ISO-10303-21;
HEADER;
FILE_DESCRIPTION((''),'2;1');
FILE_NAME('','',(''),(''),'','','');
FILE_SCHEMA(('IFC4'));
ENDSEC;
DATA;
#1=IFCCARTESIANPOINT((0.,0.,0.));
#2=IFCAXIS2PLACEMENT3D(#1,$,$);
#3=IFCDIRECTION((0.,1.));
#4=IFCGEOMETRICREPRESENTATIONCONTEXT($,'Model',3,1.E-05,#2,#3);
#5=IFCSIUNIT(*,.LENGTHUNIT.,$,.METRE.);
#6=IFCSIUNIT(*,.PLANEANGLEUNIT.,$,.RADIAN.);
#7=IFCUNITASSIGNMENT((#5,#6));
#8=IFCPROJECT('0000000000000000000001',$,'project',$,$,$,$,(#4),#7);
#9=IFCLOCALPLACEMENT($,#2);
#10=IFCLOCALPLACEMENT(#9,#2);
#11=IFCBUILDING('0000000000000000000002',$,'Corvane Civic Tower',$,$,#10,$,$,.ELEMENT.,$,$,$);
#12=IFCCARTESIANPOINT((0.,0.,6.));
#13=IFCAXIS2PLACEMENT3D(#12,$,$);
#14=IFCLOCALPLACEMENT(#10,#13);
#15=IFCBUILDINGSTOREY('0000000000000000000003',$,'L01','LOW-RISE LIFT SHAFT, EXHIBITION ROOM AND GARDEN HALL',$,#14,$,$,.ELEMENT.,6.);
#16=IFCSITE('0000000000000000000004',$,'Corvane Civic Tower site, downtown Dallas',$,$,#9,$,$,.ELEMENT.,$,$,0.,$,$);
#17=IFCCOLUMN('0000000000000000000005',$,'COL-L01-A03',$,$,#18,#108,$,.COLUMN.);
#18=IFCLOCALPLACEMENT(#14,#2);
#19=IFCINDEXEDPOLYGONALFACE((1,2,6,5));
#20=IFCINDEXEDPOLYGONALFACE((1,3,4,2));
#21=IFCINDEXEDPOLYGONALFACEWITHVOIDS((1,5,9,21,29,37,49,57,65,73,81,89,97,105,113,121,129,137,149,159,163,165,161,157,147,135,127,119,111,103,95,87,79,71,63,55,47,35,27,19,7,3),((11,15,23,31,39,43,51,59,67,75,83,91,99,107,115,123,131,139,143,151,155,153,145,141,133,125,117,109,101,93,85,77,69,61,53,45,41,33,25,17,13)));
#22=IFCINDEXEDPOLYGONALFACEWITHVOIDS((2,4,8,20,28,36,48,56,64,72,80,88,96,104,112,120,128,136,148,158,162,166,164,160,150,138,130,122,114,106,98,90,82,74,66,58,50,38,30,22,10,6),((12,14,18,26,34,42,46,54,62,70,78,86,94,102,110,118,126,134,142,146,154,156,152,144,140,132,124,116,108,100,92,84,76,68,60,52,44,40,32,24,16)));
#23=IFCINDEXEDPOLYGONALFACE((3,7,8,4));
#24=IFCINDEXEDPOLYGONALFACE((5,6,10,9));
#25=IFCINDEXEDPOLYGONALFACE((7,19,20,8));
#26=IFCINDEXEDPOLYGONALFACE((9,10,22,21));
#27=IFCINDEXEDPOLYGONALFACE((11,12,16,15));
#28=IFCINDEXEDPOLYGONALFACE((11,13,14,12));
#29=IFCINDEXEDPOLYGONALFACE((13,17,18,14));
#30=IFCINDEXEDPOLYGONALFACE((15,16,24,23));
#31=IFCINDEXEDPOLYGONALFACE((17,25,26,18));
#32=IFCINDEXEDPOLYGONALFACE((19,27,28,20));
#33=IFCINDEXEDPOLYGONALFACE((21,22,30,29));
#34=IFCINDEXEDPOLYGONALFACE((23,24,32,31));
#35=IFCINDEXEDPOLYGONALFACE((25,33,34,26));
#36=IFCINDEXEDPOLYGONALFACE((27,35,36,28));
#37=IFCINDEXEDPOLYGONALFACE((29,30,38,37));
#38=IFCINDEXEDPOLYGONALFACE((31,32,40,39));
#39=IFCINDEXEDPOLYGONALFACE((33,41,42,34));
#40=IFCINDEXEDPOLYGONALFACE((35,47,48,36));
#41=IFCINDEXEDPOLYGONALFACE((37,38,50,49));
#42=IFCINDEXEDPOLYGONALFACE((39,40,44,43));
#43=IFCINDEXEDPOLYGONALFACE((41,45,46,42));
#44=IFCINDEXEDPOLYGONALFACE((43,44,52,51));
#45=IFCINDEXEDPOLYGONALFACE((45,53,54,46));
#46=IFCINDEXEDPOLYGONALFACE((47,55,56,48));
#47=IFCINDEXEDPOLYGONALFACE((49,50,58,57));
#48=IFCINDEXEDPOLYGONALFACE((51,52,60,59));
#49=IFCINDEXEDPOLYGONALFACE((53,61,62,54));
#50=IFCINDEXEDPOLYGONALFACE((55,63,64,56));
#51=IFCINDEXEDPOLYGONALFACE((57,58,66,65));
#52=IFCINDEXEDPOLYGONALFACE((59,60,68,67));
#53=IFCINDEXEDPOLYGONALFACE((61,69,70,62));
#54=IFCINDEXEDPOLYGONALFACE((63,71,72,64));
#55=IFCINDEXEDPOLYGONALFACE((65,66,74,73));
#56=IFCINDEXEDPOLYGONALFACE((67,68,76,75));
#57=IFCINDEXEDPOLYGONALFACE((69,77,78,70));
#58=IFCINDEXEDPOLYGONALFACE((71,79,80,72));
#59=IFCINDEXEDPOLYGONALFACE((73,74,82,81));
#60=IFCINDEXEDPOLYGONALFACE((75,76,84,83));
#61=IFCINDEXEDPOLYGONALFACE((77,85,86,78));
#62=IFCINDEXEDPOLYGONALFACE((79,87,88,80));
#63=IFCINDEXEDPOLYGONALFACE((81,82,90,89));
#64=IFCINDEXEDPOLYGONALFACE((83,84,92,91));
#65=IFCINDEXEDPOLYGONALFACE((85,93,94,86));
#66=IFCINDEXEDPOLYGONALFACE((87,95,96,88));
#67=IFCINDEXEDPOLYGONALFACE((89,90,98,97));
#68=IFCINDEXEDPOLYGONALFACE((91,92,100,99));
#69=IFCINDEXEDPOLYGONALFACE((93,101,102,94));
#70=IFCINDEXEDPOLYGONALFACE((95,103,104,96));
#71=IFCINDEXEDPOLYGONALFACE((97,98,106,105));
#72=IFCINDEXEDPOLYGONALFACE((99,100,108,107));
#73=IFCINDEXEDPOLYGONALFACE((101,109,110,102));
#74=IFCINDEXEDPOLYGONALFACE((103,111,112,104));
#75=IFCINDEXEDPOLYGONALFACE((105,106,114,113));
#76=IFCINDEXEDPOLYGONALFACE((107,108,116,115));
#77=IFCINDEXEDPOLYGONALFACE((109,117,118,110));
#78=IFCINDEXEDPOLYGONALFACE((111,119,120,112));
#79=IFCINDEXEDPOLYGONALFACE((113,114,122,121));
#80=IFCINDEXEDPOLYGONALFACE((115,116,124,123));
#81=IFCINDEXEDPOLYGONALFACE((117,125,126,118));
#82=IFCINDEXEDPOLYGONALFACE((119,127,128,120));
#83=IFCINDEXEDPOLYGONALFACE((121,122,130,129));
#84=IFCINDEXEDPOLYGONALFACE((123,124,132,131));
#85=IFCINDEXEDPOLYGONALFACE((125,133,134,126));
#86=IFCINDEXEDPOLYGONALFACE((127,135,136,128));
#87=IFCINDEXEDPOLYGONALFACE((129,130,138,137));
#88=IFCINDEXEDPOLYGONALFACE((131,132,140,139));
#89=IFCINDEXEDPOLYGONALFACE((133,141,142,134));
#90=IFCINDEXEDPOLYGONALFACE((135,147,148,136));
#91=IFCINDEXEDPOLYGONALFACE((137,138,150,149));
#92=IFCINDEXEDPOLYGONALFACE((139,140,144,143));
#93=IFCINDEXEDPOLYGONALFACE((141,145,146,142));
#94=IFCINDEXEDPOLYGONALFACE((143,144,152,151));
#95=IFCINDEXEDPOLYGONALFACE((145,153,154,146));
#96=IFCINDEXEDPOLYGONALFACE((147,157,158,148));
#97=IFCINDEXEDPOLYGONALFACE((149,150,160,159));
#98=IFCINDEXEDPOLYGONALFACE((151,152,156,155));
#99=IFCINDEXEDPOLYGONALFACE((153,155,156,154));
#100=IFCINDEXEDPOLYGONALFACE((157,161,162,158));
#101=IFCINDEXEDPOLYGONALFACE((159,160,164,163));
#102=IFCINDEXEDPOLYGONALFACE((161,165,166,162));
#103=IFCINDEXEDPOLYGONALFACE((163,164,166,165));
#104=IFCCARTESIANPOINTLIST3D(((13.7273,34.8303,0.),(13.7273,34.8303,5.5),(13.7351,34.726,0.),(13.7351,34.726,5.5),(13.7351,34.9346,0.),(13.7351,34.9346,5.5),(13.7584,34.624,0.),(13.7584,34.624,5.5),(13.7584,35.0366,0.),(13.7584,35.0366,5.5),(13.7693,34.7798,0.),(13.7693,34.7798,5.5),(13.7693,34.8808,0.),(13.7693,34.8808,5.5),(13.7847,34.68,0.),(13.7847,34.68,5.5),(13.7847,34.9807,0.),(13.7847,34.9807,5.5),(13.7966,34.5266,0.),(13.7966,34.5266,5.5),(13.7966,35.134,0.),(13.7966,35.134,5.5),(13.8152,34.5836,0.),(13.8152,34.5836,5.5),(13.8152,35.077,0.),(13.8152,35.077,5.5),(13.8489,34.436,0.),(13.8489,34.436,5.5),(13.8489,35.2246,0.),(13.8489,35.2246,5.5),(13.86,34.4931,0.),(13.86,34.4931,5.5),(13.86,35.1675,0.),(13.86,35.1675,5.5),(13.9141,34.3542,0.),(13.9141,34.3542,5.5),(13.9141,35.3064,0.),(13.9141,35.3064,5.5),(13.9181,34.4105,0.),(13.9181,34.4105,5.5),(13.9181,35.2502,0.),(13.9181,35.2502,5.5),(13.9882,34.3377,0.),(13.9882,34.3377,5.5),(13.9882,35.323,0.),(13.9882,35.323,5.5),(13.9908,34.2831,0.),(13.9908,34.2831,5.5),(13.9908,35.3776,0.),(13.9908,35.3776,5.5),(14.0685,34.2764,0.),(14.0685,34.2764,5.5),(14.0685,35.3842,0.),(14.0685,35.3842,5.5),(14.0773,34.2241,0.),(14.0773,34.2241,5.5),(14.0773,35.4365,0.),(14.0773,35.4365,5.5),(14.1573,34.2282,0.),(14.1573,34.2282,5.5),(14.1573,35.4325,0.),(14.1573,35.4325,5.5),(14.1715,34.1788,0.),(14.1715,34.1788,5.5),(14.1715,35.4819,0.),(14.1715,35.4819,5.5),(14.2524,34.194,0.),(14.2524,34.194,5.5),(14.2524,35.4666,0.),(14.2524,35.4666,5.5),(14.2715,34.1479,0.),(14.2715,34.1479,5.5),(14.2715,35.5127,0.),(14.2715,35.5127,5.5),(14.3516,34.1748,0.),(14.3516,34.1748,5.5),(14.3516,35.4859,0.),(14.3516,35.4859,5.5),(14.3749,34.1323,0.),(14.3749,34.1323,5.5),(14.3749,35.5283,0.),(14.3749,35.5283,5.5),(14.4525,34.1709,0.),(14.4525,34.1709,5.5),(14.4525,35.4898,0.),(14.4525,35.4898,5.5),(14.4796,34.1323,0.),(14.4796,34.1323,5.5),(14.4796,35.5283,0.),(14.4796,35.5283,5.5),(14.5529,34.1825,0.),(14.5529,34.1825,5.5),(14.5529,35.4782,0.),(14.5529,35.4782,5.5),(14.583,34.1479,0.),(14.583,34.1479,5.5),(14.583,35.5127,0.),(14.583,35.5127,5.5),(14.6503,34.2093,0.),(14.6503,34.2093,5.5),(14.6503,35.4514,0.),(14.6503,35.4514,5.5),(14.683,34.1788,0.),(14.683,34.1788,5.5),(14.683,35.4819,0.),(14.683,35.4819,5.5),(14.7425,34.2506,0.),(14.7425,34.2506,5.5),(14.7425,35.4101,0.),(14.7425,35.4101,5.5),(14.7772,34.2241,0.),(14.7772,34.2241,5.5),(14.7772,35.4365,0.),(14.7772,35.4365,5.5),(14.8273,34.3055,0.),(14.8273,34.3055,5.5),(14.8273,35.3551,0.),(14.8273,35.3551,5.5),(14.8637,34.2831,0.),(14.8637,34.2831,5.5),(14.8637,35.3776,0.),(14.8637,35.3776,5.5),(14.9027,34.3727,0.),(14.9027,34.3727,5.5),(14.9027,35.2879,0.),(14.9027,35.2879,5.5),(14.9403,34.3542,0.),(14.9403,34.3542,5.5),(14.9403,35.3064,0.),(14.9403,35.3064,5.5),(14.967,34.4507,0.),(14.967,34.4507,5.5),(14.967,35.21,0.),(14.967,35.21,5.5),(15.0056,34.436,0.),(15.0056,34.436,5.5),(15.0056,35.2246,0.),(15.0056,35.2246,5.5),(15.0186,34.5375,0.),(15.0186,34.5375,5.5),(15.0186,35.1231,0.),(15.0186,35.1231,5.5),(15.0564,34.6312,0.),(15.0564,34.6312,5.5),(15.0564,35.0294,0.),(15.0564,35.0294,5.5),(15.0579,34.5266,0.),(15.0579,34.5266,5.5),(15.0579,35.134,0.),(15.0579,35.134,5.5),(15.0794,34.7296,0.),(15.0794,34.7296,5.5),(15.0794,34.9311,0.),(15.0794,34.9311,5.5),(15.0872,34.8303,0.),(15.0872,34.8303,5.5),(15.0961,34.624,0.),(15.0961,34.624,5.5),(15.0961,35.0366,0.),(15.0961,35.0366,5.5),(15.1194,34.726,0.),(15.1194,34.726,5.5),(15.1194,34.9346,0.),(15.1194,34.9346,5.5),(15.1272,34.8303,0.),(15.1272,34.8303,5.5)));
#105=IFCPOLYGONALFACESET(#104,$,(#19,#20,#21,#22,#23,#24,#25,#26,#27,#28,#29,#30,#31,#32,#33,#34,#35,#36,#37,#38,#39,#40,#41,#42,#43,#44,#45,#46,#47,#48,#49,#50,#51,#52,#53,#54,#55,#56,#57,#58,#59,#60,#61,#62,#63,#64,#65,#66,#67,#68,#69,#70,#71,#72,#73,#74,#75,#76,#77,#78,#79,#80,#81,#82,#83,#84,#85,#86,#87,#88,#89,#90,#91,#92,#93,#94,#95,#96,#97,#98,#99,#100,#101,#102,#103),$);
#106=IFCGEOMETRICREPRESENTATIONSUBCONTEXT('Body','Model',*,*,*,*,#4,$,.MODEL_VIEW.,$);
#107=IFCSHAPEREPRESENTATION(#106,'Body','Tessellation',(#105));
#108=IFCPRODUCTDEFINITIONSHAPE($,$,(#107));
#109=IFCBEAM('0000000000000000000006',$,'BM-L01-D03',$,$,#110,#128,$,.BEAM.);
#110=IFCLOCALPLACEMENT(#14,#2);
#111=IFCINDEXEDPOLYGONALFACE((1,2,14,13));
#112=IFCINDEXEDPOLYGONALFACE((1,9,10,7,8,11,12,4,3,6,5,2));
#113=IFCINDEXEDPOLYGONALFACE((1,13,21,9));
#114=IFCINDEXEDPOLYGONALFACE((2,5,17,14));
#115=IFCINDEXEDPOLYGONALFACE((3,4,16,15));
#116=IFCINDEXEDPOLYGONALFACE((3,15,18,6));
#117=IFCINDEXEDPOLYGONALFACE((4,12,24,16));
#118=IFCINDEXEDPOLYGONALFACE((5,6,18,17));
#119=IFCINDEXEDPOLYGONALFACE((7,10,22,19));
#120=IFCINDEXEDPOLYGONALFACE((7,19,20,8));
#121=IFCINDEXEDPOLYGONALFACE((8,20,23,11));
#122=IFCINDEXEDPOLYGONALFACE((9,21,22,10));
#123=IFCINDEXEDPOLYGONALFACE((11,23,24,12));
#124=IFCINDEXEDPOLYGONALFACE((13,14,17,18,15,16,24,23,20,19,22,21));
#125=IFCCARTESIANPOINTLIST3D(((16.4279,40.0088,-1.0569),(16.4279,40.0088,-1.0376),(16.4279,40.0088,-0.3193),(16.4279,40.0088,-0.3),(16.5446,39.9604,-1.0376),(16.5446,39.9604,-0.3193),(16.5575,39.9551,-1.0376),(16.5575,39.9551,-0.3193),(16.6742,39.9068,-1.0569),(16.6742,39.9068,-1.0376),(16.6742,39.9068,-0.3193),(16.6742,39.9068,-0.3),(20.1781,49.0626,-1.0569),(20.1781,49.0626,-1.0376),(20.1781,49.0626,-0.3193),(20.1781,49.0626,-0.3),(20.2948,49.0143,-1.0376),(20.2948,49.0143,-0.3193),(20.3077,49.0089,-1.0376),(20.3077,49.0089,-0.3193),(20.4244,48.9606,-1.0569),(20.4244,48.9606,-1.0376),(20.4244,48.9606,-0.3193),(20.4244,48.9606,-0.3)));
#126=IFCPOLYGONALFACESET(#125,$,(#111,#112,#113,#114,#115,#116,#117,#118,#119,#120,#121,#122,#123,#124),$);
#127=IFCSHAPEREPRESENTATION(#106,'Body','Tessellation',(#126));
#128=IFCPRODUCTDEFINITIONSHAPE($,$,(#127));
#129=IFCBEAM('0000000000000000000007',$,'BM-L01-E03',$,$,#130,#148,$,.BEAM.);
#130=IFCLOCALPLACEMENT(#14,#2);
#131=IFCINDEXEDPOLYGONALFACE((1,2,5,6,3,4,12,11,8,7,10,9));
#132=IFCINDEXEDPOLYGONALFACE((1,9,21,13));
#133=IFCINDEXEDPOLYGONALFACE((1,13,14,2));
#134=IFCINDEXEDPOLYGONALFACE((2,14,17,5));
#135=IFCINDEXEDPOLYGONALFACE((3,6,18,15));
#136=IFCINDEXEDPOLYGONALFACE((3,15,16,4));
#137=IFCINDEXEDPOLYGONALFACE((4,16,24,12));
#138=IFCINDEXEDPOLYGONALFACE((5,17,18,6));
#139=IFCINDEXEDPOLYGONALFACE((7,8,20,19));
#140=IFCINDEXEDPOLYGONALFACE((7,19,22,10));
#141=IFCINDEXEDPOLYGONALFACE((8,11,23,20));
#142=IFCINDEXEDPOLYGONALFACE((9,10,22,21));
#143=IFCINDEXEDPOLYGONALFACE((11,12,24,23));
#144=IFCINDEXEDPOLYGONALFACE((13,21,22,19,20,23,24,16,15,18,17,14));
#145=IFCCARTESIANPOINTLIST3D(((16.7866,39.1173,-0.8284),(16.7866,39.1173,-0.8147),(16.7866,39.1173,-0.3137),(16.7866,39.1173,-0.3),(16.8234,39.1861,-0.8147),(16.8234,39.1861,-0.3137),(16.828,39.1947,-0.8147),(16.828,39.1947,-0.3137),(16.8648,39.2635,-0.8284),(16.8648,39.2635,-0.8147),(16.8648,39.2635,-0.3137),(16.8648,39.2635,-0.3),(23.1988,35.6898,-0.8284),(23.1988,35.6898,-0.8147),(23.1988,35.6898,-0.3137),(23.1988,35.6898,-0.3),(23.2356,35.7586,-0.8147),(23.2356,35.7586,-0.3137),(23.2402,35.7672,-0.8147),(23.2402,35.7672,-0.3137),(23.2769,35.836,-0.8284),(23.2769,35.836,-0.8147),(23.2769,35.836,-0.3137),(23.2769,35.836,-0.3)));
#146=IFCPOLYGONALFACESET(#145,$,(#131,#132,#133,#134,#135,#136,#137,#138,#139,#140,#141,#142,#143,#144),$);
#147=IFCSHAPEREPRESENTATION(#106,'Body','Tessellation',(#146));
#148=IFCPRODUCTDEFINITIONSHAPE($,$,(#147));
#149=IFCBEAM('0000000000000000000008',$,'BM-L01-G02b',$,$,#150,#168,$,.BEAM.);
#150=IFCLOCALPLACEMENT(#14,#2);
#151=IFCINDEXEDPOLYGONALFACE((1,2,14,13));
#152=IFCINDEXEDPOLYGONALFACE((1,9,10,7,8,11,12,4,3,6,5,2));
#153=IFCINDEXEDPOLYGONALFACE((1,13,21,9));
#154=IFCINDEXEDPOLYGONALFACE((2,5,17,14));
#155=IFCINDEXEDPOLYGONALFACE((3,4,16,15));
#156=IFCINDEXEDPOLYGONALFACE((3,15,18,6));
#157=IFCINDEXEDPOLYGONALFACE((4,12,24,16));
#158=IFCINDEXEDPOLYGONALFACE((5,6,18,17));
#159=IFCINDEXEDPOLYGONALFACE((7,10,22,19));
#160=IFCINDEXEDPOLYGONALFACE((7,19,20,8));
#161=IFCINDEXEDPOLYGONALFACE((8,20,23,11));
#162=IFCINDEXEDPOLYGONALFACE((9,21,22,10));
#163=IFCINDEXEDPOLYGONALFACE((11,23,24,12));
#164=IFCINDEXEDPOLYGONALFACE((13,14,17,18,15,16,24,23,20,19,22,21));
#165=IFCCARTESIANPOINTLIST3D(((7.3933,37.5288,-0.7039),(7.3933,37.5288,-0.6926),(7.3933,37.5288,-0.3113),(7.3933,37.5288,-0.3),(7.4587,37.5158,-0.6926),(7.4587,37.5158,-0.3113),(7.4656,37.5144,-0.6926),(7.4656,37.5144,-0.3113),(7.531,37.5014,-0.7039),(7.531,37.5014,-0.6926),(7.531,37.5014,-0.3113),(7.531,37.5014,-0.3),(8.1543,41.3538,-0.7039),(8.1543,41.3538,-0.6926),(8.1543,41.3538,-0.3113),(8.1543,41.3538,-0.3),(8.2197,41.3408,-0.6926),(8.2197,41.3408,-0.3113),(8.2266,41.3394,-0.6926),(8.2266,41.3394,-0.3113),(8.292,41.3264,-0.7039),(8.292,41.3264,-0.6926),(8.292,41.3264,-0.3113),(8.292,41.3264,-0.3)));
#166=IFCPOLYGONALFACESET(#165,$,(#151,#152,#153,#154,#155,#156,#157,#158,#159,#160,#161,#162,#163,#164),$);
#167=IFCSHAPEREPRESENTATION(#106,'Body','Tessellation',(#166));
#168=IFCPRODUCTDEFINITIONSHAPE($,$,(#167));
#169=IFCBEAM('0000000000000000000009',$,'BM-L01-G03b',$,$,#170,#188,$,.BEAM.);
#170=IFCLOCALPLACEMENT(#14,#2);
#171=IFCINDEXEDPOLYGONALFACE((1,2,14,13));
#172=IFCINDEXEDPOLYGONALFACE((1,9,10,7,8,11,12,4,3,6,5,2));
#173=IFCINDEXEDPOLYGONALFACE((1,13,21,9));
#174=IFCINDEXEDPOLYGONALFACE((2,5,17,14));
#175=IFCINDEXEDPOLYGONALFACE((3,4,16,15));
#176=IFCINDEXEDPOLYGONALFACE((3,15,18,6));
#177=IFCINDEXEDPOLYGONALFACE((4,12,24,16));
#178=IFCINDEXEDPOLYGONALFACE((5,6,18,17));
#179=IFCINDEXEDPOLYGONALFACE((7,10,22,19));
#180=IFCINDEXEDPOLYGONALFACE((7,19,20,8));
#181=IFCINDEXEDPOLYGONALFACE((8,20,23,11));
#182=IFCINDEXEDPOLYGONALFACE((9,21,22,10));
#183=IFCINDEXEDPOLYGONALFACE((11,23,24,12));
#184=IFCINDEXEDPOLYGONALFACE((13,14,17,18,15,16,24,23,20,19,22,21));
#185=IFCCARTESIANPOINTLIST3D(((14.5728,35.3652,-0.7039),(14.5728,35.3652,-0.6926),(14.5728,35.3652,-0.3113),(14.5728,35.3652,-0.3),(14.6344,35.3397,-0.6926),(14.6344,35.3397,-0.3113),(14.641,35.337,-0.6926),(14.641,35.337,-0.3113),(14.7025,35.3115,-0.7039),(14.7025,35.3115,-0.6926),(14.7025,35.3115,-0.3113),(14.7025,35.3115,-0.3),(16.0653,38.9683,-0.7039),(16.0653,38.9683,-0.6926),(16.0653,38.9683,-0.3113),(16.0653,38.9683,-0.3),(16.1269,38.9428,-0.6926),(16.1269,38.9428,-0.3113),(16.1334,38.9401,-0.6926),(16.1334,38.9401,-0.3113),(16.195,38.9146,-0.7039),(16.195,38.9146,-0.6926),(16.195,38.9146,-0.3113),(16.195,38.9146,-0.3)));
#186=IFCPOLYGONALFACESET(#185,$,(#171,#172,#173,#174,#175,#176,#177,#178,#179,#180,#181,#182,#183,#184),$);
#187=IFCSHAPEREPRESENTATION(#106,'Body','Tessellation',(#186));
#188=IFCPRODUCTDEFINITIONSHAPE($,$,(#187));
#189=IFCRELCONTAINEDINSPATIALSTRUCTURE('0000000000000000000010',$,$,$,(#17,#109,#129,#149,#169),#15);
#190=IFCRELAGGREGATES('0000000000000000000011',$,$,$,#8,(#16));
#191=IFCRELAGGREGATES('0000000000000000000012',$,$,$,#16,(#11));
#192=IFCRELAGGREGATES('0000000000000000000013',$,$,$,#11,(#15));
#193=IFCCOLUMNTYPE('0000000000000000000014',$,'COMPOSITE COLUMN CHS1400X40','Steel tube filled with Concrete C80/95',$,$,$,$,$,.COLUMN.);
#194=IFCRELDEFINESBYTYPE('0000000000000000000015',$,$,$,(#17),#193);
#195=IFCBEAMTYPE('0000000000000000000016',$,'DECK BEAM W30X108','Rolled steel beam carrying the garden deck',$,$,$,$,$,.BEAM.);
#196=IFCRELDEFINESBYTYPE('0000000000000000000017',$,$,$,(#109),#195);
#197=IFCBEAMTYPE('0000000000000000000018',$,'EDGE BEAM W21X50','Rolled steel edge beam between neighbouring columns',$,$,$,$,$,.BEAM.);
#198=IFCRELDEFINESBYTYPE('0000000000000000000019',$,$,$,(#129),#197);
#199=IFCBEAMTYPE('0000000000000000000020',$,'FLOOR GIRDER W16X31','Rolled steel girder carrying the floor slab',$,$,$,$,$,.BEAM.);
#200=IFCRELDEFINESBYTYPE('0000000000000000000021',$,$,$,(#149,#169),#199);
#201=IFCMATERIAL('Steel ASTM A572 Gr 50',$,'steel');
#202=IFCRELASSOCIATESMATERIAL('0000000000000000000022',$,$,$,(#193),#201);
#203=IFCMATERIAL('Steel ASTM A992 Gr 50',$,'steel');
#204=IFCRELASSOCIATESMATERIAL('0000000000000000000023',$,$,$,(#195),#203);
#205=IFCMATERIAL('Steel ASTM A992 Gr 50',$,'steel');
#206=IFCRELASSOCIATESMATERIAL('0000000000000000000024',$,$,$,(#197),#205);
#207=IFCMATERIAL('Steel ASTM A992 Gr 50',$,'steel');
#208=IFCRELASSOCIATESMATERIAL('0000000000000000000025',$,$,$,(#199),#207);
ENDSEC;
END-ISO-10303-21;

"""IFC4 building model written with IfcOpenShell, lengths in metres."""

from ifc_helpers import new_model, si_unit, direction, frame, origin, origin_2d, place, context, subcontext, project, spatial, hollow_circle, i_section, extrude, material, material_profile, profile_set, type_object, element, save


model = new_model("IFC4")

# Units and contexts
model_context = context("Model", 3, precision=1e-05, world=origin(), true_north=direction((0.0, 1.0)))
body_context = subcontext(model_context, "Body", "Model", "MODEL_VIEW")
ifc_project = project(units=[si_unit("LENGTHUNIT", "METRE"), si_unit("PLANEANGLEUNIT", "RADIAN")], contexts=[model_context])

# Site, building, storey
site_placement = place(None, origin())
site = spatial("IfcSite", under=ifc_project, at=site_placement, Name="Corvane Civic Tower site, downtown Dallas", CompositionType="ELEMENT", RefElevation=0.0)
building_placement = place(site_placement, origin())
building = spatial("IfcBuilding", under=site, at=building_placement, Name="Corvane Civic Tower", CompositionType="ELEMENT")
storey_placement = place(building_placement, frame((0.0, 0.0, 6.0)))
storey = spatial("IfcBuildingStorey", under=building, at=storey_placement, Name="L01", Description="LOW-RISE LIFT SHAFT, EXHIBITION ROOM AND GARDEN HALL", CompositionType="ELEMENT", Elevation=6.0)

# Column
ifc_material_1 = material(Name="Steel ASTM A572 Gr 50", Category="steel")
ifc_material_profile_1 = material_profile(ifc_material_1, hollow_circle(Radius=0.7, WallThickness=0.04, at=origin_2d()), Name="CHS1400X40")
ifc_profile_set_1 = profile_set([ifc_material_profile_1], Name="Steel ASTM A572 Gr 50")
column_type_1 = type_object("IfcColumnType", Name="COMPOSITE COLUMN CHS1400X40", Description="Steel tube filled with Concrete C80/95", PredefinedType="COLUMN", material=ifc_profile_set_1)
for number, where, z_axis, x_axis, name in (
    (1, (14.4272, 34.8303, 0.0), (0.0, 0.0, 1.0), (1.0, 0.0, 0.0), "COL-L01-A03"),
):
    element("IfcColumn", number, at=place(storey_placement, frame(where, z_axis=z_axis, x_axis=x_axis)), inside=storey, type_object=column_type_1, Name=name, PredefinedType="COLUMN", context=body_context, shape_type="SweptSolid", body=[
        extrude(hollow_circle(Radius=0.7, WallThickness=0.04, at=origin_2d()), origin(), (0.0, 0.0, 1.0), 5.5),
    ])

# Beams
ifc_material_2 = material(Name="Steel ASTM A992 Gr 50", Category="steel")
ifc_material_profile_2 = material_profile(ifc_material_2, i_section(OverallWidth=0.2666, OverallDepth=0.7568, WebThickness=0.0139, FlangeThickness=0.0193, at=origin_2d()), Name="W30X108")
ifc_profile_set_2 = profile_set([ifc_material_profile_2], Name="Steel ASTM A992 Gr 50")
beam_type_1 = type_object("IfcBeamType", Name="DECK BEAM W30X108", Description="Rolled steel beam carrying the garden deck", PredefinedType="BEAM", material=ifc_profile_set_2)
beam_1_placement = place(storey_placement, frame((16.551, 39.9578, -0.6785), z_axis=(0.382681, 0.923881, 0.0), x_axis=(-0.923881, 0.382681, 0.0)))
element("IfcBeam", 2, at=beam_1_placement, inside=storey, type_object=beam_type_1, Name="BM-L01-D03", PredefinedType="BEAM", context=body_context, shape_type="SweptSolid", body=[
    extrude(i_section(OverallWidth=0.2666, OverallDepth=0.7568, WebThickness=0.0139, FlangeThickness=0.0193, at=origin_2d()), origin(), (0.0, 0.0, 1.0), 9.7998),
])
ifc_material_3 = material(Name="Steel ASTM A992 Gr 50", Category="steel")
ifc_material_profile_3 = material_profile(ifc_material_3, i_section(OverallWidth=0.1658, OverallDepth=0.5283, WebThickness=0.0098, FlangeThickness=0.0137, at=origin_2d()), Name="W21X50")
ifc_profile_set_3 = profile_set([ifc_material_profile_3], Name="Steel ASTM A992 Gr 50")
beam_type_2 = type_object("IfcBeamType", Name="EDGE BEAM W21X50", Description="Rolled steel edge beam between neighbouring columns", PredefinedType="BEAM", material=ifc_profile_set_3)
beam_2_placement = place(storey_placement, frame((16.8257, 39.1904, -0.5642), z_axis=(0.881913, -0.471412, 0.0), x_axis=(0.471412, 0.881913, 0.0)))
element("IfcBeam", 3, at=beam_2_placement, inside=storey, type_object=beam_type_2, Name="BM-L01-E03", PredefinedType="BEAM", context=body_context, shape_type="SweptSolid", body=[
    extrude(i_section(OverallWidth=0.1658, OverallDepth=0.5283, WebThickness=0.0098, FlangeThickness=0.0137, at=origin_2d()), origin(), (0.0, 0.0, 1.0), 7.2708),
])
ifc_material_4 = material(Name="Steel ASTM A992 Gr 50", Category="steel")
ifc_material_profile_4 = material_profile(ifc_material_4, i_section(OverallWidth=0.1404, OverallDepth=0.4038, WebThickness=0.0071, FlangeThickness=0.0112, at=origin_2d()), Name="W16X31")
ifc_profile_set_4 = profile_set([ifc_material_profile_4], Name="Steel ASTM A992 Gr 50")
beam_type_3 = type_object("IfcBeamType", Name="FLOOR GIRDER W16X31", Description="Rolled steel girder carrying the floor slab", PredefinedType="BEAM", material=ifc_profile_set_4)
for number, where, z_axis, x_axis, name in (
    (4, (7.4622, 37.5151, -0.502), (0.195129, 0.980778, 0.0), (-0.980778, 0.195129, 0.0), "BM-L01-G02b"),
    (5, (14.6377, 35.3384, -0.502), (0.382685, 0.923879, 0.0), (-0.923879, 0.382685, 0.0), "BM-L01-G03b"),
):
    element("IfcBeam", number, at=place(storey_placement, frame(where, z_axis=z_axis, x_axis=x_axis)), inside=storey, type_object=beam_type_3, Name=name, PredefinedType="BEAM", context=body_context, shape_type="SweptSolid", body=[
        extrude(i_section(OverallWidth=0.1404, OverallDepth=0.4038, WebThickness=0.0071, FlangeThickness=0.0112, at=origin_2d()), origin(), (0.0, 0.0, 1.0), 3.8999),
    ])

save(model, "model.ifc")
